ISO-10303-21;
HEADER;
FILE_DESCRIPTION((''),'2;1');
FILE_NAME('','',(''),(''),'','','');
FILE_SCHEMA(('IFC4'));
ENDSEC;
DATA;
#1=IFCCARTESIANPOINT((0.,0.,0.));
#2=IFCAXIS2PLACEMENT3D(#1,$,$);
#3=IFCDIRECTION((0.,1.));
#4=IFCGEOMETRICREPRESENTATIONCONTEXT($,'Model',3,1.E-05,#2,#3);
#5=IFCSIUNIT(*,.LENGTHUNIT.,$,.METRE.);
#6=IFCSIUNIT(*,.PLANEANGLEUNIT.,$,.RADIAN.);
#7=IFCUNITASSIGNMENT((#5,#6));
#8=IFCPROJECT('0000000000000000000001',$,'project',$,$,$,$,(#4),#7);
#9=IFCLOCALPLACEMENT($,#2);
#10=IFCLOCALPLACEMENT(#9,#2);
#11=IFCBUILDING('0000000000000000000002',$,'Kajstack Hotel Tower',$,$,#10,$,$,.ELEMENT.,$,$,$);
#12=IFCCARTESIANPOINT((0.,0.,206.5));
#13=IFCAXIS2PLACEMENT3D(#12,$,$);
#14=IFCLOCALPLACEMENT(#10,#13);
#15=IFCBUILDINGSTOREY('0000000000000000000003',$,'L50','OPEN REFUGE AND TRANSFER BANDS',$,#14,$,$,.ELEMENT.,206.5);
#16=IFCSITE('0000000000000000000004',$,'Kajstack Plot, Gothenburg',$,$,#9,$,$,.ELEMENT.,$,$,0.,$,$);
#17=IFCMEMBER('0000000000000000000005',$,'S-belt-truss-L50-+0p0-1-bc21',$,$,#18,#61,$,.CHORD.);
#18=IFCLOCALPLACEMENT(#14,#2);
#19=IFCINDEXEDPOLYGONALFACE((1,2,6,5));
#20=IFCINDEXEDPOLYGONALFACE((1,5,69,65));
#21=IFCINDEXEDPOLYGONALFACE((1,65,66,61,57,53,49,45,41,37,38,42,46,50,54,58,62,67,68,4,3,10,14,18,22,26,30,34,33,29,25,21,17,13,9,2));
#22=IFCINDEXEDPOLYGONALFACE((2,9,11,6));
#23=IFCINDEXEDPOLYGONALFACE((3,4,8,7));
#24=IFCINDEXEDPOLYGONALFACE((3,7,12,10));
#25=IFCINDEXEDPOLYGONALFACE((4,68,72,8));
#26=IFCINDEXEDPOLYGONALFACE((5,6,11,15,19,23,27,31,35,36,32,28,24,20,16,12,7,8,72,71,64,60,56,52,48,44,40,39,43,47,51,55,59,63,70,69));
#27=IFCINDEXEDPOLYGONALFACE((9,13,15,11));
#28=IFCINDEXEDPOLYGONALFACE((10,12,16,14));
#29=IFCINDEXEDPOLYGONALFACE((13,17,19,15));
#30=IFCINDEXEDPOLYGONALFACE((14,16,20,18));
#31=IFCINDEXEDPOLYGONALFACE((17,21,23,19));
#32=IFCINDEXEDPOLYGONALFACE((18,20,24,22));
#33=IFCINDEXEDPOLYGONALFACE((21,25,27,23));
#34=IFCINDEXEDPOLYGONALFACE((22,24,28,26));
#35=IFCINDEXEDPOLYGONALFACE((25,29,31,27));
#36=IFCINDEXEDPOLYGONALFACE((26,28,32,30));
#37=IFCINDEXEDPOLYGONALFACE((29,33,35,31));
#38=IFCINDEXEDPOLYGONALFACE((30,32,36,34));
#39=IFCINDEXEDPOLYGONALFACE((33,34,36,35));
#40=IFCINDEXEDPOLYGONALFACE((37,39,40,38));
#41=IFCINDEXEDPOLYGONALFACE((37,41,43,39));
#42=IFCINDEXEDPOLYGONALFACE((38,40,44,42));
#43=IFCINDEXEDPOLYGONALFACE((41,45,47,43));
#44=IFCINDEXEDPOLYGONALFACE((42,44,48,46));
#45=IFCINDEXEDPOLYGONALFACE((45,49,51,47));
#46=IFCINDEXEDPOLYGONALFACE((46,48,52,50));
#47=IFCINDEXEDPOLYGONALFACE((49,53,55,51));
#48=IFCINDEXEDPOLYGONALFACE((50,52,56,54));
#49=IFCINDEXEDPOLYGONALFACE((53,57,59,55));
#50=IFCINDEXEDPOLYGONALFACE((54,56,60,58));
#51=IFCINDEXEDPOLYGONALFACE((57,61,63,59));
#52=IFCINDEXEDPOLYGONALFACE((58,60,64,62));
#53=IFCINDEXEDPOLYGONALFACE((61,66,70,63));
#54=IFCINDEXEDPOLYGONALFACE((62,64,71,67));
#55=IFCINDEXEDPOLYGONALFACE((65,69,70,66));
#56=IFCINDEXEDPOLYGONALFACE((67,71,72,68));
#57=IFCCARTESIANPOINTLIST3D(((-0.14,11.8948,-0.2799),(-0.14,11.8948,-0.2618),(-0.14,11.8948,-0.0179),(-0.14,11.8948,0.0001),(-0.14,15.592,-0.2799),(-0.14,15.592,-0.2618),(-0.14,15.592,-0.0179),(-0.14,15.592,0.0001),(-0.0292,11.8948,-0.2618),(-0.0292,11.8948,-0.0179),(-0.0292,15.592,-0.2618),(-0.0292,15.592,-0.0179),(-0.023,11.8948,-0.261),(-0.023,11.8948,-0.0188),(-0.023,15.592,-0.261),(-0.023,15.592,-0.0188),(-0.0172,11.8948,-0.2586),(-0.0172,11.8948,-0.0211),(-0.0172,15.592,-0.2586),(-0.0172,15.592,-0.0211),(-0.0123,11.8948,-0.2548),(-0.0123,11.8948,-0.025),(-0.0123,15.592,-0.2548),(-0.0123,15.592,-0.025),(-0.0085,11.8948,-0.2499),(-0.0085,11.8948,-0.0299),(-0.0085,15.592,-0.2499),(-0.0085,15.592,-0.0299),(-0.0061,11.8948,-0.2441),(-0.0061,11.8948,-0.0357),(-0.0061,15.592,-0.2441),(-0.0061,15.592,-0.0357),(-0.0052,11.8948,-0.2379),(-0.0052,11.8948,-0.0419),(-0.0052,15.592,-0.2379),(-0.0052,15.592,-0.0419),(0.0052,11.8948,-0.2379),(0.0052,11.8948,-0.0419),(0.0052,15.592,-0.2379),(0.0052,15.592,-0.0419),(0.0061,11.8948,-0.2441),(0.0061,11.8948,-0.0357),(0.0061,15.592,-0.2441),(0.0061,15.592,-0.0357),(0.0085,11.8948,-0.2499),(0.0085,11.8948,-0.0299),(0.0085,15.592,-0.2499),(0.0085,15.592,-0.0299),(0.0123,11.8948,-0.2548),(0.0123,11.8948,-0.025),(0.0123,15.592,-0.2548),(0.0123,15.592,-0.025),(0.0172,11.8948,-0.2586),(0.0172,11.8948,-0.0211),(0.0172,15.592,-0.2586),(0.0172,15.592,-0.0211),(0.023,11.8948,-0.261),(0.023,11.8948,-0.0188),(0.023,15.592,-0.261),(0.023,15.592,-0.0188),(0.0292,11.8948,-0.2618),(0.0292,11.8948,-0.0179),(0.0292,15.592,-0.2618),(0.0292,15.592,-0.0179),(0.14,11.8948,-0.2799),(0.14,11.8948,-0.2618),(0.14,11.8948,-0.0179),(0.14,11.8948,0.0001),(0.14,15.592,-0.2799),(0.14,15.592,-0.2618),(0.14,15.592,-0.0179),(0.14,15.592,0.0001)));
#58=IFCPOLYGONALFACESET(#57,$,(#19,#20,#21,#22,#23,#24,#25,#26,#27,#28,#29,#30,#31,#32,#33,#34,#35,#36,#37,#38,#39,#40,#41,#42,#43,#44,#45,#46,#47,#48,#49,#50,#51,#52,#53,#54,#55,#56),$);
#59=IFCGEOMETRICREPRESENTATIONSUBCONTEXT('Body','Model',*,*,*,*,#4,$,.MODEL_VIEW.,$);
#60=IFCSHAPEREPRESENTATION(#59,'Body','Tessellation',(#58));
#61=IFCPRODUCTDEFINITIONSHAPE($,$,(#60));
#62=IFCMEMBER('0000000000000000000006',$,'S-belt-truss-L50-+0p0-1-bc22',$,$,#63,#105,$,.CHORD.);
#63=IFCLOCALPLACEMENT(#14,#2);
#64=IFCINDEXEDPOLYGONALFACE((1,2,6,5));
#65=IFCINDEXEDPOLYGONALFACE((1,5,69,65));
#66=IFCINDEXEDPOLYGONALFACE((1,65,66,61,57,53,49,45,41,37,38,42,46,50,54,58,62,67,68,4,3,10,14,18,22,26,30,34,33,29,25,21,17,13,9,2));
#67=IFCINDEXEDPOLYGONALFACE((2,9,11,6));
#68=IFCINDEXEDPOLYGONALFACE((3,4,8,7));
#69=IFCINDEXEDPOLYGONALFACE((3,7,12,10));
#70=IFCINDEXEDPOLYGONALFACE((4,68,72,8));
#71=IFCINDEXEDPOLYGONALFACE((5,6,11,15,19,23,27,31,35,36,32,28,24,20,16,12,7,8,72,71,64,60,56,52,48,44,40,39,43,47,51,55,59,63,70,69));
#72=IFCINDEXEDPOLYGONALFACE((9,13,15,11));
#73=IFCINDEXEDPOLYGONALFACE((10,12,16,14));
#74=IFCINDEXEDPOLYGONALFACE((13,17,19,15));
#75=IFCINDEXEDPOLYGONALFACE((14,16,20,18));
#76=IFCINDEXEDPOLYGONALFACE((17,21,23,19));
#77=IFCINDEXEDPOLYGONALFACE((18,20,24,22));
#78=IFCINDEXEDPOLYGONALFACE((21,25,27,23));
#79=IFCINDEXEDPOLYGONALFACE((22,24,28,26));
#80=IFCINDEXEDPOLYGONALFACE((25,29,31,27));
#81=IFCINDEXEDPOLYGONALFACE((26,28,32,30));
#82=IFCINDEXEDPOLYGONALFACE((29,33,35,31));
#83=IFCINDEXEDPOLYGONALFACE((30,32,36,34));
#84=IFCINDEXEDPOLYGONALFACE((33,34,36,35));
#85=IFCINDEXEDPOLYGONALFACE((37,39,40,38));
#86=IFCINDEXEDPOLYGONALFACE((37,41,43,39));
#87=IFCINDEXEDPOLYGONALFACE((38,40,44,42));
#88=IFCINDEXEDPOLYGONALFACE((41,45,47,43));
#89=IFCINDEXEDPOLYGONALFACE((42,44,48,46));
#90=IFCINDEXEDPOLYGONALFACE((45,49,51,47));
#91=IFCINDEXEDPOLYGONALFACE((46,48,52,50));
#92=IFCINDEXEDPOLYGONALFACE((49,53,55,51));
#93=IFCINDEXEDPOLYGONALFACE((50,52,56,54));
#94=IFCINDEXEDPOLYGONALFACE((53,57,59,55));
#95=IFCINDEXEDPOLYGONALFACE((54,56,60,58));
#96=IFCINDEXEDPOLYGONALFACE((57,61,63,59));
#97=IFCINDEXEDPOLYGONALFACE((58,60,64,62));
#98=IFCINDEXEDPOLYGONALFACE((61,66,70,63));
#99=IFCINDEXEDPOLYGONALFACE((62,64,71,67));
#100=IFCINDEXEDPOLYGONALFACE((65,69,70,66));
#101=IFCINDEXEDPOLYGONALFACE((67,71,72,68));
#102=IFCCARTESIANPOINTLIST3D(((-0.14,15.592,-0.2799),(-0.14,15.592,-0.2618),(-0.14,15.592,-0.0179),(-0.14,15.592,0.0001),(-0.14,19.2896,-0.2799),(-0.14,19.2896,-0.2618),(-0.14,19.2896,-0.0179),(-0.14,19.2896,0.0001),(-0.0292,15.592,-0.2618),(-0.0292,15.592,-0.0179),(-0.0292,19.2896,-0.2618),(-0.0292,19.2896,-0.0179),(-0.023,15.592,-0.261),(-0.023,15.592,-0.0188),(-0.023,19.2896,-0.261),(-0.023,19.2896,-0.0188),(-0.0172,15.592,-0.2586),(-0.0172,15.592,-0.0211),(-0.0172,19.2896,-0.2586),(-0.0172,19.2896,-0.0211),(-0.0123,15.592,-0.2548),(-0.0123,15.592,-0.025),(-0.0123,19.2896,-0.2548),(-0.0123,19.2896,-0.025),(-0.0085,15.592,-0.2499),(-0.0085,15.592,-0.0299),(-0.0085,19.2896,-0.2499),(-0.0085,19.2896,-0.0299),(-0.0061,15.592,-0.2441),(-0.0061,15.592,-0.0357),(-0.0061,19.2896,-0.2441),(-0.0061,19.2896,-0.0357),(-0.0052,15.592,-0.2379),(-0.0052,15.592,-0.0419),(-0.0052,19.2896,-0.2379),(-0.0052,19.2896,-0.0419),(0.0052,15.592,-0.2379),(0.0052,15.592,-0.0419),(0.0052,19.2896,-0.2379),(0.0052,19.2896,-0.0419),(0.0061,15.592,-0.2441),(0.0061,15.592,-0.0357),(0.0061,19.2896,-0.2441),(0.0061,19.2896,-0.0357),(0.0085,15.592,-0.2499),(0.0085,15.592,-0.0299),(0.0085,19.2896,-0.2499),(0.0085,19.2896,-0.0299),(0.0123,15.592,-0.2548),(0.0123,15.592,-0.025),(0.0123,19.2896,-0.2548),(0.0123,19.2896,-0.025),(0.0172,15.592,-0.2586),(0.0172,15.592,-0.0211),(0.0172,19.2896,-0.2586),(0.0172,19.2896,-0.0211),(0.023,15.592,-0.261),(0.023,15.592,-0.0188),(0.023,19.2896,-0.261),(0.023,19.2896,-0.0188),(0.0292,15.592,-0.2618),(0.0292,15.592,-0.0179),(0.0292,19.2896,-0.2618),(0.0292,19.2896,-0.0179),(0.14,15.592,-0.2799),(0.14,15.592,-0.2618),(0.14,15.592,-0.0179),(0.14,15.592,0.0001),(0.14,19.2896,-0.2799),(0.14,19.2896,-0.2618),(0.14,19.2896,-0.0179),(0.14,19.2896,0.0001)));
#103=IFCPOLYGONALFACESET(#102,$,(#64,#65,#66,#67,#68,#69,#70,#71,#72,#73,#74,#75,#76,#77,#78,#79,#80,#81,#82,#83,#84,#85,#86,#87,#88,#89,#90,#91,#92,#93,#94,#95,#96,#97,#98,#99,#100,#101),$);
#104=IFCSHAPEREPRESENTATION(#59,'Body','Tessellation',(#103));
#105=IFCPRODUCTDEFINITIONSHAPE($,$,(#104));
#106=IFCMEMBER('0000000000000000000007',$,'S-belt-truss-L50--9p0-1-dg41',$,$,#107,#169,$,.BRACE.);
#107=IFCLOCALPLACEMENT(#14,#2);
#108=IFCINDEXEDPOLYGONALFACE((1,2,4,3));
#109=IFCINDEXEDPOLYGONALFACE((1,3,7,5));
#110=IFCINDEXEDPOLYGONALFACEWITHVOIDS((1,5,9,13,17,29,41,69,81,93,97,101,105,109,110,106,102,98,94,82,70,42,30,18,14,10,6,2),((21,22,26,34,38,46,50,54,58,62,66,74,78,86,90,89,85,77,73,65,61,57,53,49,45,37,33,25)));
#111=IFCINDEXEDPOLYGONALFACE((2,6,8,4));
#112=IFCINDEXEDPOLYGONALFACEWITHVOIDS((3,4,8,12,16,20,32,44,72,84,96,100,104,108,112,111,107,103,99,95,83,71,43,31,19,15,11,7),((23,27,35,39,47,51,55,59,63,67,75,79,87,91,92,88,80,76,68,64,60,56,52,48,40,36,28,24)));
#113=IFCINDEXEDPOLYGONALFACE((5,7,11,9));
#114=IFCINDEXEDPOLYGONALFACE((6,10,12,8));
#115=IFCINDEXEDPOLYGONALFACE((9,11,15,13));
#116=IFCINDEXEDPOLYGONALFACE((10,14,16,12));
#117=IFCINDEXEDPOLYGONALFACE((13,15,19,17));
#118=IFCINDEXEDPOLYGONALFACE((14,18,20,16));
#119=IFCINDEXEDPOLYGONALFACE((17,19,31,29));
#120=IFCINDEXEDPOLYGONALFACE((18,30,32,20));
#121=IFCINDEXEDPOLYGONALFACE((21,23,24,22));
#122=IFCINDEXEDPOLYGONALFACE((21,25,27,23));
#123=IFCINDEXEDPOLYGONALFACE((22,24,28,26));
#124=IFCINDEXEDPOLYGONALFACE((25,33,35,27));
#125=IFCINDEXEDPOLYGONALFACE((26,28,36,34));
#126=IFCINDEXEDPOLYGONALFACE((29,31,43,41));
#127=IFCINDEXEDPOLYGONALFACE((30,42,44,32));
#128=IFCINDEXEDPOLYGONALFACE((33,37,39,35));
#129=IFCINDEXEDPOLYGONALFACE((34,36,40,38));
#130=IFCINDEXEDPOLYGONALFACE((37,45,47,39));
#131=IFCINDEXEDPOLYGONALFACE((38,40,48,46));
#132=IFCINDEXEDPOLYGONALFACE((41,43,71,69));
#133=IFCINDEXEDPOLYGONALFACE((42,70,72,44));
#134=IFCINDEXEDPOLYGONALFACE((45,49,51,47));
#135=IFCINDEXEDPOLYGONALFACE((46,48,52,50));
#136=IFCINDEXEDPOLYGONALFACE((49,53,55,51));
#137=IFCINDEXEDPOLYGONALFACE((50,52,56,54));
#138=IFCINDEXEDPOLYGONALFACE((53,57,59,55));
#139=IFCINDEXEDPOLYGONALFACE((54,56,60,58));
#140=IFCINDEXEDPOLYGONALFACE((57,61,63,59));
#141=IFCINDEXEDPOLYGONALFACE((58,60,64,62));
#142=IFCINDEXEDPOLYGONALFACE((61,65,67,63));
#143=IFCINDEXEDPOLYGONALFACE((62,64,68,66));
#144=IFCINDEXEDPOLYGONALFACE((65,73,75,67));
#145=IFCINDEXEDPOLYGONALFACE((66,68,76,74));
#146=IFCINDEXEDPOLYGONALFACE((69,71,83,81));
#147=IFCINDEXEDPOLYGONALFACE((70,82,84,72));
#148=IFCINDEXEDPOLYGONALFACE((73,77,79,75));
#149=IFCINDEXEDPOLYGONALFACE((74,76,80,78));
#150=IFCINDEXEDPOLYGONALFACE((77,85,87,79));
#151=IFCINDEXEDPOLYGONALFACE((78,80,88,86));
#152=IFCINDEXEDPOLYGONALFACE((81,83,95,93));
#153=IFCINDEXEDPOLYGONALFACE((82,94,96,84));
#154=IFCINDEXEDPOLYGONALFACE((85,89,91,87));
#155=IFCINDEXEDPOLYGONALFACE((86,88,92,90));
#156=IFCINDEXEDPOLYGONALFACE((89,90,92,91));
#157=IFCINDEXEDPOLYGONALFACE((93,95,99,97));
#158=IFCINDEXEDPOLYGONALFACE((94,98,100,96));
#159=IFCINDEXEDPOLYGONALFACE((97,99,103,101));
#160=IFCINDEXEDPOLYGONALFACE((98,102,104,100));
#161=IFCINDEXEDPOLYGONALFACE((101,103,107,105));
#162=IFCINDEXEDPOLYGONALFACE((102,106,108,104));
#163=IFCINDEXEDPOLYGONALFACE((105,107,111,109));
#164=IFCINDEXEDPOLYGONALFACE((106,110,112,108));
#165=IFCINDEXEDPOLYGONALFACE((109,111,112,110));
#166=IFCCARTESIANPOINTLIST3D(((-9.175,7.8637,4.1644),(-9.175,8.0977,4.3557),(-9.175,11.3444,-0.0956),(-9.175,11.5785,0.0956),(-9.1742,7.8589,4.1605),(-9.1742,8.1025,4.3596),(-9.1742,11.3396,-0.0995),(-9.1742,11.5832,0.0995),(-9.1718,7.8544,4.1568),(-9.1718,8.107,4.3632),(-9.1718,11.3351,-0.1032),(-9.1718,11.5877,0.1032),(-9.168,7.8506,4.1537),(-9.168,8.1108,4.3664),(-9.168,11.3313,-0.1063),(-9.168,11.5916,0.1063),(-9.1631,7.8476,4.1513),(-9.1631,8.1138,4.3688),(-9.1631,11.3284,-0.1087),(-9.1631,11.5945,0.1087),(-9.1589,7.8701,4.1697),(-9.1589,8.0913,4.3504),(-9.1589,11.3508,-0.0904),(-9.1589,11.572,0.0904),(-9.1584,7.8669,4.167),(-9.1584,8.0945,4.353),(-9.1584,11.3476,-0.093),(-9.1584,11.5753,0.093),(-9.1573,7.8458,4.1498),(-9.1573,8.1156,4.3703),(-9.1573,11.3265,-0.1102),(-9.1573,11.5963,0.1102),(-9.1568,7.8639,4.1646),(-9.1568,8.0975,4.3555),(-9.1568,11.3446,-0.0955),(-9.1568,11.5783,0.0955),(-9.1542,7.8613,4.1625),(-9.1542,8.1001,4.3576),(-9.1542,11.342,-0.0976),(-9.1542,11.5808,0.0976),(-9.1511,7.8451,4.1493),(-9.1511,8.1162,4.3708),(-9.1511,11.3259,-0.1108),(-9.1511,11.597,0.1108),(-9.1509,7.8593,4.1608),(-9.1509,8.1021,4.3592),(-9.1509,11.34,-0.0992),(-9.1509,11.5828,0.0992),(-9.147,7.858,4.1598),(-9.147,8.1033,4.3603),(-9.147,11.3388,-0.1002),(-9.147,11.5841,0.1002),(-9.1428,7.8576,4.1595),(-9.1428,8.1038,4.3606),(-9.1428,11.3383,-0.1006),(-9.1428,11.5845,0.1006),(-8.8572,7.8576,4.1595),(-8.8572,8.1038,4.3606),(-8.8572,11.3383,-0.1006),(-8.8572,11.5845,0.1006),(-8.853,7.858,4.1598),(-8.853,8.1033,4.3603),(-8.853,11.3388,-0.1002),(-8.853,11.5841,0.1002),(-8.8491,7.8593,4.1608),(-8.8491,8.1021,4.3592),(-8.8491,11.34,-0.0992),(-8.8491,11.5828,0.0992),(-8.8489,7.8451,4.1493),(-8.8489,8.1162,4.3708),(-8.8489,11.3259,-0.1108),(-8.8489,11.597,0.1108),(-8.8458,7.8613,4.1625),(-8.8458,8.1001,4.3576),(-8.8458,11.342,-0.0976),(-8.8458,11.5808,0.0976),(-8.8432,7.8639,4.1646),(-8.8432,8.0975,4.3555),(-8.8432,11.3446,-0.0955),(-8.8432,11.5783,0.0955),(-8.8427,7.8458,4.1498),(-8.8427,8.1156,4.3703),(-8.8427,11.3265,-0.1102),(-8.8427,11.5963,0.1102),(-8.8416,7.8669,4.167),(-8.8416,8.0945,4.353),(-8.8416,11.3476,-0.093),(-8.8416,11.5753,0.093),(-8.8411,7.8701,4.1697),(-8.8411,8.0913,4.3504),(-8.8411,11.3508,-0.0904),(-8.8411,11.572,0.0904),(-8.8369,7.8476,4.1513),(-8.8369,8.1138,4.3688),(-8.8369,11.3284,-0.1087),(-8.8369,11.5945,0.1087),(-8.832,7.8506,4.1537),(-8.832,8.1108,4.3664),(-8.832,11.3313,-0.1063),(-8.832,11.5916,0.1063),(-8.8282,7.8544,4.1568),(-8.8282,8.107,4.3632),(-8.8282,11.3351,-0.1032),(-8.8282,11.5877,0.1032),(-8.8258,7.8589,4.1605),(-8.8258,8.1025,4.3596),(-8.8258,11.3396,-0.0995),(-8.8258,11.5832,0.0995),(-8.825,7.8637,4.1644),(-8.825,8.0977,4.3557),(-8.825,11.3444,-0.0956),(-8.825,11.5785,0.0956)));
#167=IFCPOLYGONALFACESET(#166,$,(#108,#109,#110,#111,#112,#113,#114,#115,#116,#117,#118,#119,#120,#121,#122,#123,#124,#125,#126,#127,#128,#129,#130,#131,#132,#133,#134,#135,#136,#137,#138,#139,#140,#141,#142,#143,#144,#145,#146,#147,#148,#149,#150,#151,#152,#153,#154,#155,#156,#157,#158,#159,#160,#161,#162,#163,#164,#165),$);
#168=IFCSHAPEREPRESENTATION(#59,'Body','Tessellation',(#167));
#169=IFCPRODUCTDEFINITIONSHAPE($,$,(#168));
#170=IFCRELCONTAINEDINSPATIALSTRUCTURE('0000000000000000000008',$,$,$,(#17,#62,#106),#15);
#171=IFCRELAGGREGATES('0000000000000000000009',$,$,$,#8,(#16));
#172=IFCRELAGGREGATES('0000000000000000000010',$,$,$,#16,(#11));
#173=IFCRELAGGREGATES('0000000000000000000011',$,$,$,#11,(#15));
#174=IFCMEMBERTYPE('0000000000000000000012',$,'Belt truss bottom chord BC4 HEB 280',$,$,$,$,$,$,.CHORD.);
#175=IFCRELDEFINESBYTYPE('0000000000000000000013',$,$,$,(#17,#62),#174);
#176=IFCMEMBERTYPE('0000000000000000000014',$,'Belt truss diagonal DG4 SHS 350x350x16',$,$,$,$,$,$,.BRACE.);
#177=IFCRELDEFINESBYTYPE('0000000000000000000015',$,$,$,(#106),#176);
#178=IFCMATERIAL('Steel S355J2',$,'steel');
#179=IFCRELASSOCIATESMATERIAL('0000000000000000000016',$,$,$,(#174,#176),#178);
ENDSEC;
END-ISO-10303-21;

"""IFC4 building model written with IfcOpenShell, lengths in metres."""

from ifc_helpers import new_model, si_unit, direction, frame, origin, origin_2d, place, context, subcontext, project, spatial, hollow_rectangle, i_section, extrude, material, material_profile, profile_set, type_object, element, save


model = new_model("IFC4")

# Units and contexts
model_context = context("Model", 3, precision=1e-05, world=origin(), true_north=direction((0.0, 1.0)))
body_context = subcontext(model_context, "Body", "Model", "MODEL_VIEW")
ifc_project = project(units=[si_unit("LENGTHUNIT", "METRE"), si_unit("PLANEANGLEUNIT", "RADIAN")], contexts=[model_context])

# Site, building, storey
site_placement = place(None, origin())
site = spatial("IfcSite", under=ifc_project, at=site_placement, Name="Kajstack Plot, Gothenburg", CompositionType="ELEMENT", RefElevation=0.0)
building_placement = place(site_placement, origin())
building = spatial("IfcBuilding", under=site, at=building_placement, Name="Kajstack Hotel Tower", CompositionType="ELEMENT")
storey_placement = place(building_placement, frame((0.0, 0.0, 206.5)))
storey = spatial("IfcBuildingStorey", under=building, at=storey_placement, Name="L50", Description="OPEN REFUGE AND TRANSFER BANDS", CompositionType="ELEMENT", Elevation=206.5)

# Members
ifc_material = material(Name="Steel S355J2", Category="steel")
ifc_material_profile_1 = material_profile(ifc_material, i_section(OverallWidth=0.28, OverallDepth=0.28, WebThickness=0.0105, FlangeThickness=0.0181, FilletRadius=0.0239, at=origin_2d()), Name="HEB 280")
ifc_profile_set_1 = profile_set([ifc_material_profile_1], Name="Steel S355J2")
member_type_1 = type_object("IfcMemberType", Name="Belt truss bottom chord BC4 HEB 280", PredefinedType="CHORD", material=ifc_profile_set_1)
for number, where, z_axis, x_axis, name in (
    (1, (0.0, 11.8948, -0.1399), (0.0, 1.0, 0.0), (-1.0, 0.0, 0.0), "S-belt-truss-L50-+0p0-1-bc21"),
):
    element("IfcMember", number, at=place(storey_placement, frame(where, z_axis=z_axis, x_axis=x_axis)), inside=storey, type_object=member_type_1, Name=name, PredefinedType="CHORD", context=body_context, shape_type="SweptSolid", body=[
        extrude(i_section(OverallWidth=0.28, OverallDepth=0.28, WebThickness=0.0105, FlangeThickness=0.0181, FilletRadius=0.0239, at=origin_2d()), origin(), (0.0, 0.0, 1.0), 3.6973),
    ])
member_1_placement = place(storey_placement, frame((0.0, 15.592, -0.1399), z_axis=(0.0, 1.0, 0.0), x_axis=(-1.0, 0.0, 0.0)))
element("IfcMember", 2, at=member_1_placement, inside=storey, type_object=member_type_1, Name="S-belt-truss-L50-+0p0-1-bc22", PredefinedType="CHORD", context=body_context, shape_type="SweptSolid", body=[
    extrude(i_section(OverallWidth=0.28, OverallDepth=0.28, WebThickness=0.0105, FlangeThickness=0.0181, FilletRadius=0.0239, at=origin_2d()), origin(), (0.0, 0.0, 1.0), 3.6975),
])
ifc_material_profile_2 = material_profile(ifc_material, hollow_rectangle(XDim=0.3501, YDim=0.3501, WallThickness=0.0161, InnerFilletRadius=0.0161, OuterFilletRadius=0.0239, at=origin_2d()), Name="SHS 350x350x16")
ifc_profile_set_2 = profile_set([ifc_material_profile_2], Name="Steel S355J2")
member_type_2 = type_object("IfcMemberType", Name="Belt truss diagonal DG4 SHS 350x350x16", PredefinedType="BRACE", material=ifc_profile_set_2)
for number, where, z_axis, x_axis, name in (
    (3, (-9.0, 11.4614, 0.0), (0.0, -0.63272, 0.77438), (1.0, 0.0, 0.0), "S-belt-truss-L50--9p0-1-dg41"),
):
    element("IfcMember", number, at=place(storey_placement, frame(where, z_axis=z_axis, x_axis=x_axis)), inside=storey, type_object=member_type_2, Name=name, PredefinedType="BRACE", context=body_context, shape_type="SweptSolid", body=[
        extrude(hollow_rectangle(XDim=0.3501, YDim=0.3501, WallThickness=0.0161, InnerFilletRadius=0.0161, OuterFilletRadius=0.0239, at=origin_2d()), origin(), (0.0, 0.0, 1.0), 5.5012),
    ])

save(model, "model.ifc")
